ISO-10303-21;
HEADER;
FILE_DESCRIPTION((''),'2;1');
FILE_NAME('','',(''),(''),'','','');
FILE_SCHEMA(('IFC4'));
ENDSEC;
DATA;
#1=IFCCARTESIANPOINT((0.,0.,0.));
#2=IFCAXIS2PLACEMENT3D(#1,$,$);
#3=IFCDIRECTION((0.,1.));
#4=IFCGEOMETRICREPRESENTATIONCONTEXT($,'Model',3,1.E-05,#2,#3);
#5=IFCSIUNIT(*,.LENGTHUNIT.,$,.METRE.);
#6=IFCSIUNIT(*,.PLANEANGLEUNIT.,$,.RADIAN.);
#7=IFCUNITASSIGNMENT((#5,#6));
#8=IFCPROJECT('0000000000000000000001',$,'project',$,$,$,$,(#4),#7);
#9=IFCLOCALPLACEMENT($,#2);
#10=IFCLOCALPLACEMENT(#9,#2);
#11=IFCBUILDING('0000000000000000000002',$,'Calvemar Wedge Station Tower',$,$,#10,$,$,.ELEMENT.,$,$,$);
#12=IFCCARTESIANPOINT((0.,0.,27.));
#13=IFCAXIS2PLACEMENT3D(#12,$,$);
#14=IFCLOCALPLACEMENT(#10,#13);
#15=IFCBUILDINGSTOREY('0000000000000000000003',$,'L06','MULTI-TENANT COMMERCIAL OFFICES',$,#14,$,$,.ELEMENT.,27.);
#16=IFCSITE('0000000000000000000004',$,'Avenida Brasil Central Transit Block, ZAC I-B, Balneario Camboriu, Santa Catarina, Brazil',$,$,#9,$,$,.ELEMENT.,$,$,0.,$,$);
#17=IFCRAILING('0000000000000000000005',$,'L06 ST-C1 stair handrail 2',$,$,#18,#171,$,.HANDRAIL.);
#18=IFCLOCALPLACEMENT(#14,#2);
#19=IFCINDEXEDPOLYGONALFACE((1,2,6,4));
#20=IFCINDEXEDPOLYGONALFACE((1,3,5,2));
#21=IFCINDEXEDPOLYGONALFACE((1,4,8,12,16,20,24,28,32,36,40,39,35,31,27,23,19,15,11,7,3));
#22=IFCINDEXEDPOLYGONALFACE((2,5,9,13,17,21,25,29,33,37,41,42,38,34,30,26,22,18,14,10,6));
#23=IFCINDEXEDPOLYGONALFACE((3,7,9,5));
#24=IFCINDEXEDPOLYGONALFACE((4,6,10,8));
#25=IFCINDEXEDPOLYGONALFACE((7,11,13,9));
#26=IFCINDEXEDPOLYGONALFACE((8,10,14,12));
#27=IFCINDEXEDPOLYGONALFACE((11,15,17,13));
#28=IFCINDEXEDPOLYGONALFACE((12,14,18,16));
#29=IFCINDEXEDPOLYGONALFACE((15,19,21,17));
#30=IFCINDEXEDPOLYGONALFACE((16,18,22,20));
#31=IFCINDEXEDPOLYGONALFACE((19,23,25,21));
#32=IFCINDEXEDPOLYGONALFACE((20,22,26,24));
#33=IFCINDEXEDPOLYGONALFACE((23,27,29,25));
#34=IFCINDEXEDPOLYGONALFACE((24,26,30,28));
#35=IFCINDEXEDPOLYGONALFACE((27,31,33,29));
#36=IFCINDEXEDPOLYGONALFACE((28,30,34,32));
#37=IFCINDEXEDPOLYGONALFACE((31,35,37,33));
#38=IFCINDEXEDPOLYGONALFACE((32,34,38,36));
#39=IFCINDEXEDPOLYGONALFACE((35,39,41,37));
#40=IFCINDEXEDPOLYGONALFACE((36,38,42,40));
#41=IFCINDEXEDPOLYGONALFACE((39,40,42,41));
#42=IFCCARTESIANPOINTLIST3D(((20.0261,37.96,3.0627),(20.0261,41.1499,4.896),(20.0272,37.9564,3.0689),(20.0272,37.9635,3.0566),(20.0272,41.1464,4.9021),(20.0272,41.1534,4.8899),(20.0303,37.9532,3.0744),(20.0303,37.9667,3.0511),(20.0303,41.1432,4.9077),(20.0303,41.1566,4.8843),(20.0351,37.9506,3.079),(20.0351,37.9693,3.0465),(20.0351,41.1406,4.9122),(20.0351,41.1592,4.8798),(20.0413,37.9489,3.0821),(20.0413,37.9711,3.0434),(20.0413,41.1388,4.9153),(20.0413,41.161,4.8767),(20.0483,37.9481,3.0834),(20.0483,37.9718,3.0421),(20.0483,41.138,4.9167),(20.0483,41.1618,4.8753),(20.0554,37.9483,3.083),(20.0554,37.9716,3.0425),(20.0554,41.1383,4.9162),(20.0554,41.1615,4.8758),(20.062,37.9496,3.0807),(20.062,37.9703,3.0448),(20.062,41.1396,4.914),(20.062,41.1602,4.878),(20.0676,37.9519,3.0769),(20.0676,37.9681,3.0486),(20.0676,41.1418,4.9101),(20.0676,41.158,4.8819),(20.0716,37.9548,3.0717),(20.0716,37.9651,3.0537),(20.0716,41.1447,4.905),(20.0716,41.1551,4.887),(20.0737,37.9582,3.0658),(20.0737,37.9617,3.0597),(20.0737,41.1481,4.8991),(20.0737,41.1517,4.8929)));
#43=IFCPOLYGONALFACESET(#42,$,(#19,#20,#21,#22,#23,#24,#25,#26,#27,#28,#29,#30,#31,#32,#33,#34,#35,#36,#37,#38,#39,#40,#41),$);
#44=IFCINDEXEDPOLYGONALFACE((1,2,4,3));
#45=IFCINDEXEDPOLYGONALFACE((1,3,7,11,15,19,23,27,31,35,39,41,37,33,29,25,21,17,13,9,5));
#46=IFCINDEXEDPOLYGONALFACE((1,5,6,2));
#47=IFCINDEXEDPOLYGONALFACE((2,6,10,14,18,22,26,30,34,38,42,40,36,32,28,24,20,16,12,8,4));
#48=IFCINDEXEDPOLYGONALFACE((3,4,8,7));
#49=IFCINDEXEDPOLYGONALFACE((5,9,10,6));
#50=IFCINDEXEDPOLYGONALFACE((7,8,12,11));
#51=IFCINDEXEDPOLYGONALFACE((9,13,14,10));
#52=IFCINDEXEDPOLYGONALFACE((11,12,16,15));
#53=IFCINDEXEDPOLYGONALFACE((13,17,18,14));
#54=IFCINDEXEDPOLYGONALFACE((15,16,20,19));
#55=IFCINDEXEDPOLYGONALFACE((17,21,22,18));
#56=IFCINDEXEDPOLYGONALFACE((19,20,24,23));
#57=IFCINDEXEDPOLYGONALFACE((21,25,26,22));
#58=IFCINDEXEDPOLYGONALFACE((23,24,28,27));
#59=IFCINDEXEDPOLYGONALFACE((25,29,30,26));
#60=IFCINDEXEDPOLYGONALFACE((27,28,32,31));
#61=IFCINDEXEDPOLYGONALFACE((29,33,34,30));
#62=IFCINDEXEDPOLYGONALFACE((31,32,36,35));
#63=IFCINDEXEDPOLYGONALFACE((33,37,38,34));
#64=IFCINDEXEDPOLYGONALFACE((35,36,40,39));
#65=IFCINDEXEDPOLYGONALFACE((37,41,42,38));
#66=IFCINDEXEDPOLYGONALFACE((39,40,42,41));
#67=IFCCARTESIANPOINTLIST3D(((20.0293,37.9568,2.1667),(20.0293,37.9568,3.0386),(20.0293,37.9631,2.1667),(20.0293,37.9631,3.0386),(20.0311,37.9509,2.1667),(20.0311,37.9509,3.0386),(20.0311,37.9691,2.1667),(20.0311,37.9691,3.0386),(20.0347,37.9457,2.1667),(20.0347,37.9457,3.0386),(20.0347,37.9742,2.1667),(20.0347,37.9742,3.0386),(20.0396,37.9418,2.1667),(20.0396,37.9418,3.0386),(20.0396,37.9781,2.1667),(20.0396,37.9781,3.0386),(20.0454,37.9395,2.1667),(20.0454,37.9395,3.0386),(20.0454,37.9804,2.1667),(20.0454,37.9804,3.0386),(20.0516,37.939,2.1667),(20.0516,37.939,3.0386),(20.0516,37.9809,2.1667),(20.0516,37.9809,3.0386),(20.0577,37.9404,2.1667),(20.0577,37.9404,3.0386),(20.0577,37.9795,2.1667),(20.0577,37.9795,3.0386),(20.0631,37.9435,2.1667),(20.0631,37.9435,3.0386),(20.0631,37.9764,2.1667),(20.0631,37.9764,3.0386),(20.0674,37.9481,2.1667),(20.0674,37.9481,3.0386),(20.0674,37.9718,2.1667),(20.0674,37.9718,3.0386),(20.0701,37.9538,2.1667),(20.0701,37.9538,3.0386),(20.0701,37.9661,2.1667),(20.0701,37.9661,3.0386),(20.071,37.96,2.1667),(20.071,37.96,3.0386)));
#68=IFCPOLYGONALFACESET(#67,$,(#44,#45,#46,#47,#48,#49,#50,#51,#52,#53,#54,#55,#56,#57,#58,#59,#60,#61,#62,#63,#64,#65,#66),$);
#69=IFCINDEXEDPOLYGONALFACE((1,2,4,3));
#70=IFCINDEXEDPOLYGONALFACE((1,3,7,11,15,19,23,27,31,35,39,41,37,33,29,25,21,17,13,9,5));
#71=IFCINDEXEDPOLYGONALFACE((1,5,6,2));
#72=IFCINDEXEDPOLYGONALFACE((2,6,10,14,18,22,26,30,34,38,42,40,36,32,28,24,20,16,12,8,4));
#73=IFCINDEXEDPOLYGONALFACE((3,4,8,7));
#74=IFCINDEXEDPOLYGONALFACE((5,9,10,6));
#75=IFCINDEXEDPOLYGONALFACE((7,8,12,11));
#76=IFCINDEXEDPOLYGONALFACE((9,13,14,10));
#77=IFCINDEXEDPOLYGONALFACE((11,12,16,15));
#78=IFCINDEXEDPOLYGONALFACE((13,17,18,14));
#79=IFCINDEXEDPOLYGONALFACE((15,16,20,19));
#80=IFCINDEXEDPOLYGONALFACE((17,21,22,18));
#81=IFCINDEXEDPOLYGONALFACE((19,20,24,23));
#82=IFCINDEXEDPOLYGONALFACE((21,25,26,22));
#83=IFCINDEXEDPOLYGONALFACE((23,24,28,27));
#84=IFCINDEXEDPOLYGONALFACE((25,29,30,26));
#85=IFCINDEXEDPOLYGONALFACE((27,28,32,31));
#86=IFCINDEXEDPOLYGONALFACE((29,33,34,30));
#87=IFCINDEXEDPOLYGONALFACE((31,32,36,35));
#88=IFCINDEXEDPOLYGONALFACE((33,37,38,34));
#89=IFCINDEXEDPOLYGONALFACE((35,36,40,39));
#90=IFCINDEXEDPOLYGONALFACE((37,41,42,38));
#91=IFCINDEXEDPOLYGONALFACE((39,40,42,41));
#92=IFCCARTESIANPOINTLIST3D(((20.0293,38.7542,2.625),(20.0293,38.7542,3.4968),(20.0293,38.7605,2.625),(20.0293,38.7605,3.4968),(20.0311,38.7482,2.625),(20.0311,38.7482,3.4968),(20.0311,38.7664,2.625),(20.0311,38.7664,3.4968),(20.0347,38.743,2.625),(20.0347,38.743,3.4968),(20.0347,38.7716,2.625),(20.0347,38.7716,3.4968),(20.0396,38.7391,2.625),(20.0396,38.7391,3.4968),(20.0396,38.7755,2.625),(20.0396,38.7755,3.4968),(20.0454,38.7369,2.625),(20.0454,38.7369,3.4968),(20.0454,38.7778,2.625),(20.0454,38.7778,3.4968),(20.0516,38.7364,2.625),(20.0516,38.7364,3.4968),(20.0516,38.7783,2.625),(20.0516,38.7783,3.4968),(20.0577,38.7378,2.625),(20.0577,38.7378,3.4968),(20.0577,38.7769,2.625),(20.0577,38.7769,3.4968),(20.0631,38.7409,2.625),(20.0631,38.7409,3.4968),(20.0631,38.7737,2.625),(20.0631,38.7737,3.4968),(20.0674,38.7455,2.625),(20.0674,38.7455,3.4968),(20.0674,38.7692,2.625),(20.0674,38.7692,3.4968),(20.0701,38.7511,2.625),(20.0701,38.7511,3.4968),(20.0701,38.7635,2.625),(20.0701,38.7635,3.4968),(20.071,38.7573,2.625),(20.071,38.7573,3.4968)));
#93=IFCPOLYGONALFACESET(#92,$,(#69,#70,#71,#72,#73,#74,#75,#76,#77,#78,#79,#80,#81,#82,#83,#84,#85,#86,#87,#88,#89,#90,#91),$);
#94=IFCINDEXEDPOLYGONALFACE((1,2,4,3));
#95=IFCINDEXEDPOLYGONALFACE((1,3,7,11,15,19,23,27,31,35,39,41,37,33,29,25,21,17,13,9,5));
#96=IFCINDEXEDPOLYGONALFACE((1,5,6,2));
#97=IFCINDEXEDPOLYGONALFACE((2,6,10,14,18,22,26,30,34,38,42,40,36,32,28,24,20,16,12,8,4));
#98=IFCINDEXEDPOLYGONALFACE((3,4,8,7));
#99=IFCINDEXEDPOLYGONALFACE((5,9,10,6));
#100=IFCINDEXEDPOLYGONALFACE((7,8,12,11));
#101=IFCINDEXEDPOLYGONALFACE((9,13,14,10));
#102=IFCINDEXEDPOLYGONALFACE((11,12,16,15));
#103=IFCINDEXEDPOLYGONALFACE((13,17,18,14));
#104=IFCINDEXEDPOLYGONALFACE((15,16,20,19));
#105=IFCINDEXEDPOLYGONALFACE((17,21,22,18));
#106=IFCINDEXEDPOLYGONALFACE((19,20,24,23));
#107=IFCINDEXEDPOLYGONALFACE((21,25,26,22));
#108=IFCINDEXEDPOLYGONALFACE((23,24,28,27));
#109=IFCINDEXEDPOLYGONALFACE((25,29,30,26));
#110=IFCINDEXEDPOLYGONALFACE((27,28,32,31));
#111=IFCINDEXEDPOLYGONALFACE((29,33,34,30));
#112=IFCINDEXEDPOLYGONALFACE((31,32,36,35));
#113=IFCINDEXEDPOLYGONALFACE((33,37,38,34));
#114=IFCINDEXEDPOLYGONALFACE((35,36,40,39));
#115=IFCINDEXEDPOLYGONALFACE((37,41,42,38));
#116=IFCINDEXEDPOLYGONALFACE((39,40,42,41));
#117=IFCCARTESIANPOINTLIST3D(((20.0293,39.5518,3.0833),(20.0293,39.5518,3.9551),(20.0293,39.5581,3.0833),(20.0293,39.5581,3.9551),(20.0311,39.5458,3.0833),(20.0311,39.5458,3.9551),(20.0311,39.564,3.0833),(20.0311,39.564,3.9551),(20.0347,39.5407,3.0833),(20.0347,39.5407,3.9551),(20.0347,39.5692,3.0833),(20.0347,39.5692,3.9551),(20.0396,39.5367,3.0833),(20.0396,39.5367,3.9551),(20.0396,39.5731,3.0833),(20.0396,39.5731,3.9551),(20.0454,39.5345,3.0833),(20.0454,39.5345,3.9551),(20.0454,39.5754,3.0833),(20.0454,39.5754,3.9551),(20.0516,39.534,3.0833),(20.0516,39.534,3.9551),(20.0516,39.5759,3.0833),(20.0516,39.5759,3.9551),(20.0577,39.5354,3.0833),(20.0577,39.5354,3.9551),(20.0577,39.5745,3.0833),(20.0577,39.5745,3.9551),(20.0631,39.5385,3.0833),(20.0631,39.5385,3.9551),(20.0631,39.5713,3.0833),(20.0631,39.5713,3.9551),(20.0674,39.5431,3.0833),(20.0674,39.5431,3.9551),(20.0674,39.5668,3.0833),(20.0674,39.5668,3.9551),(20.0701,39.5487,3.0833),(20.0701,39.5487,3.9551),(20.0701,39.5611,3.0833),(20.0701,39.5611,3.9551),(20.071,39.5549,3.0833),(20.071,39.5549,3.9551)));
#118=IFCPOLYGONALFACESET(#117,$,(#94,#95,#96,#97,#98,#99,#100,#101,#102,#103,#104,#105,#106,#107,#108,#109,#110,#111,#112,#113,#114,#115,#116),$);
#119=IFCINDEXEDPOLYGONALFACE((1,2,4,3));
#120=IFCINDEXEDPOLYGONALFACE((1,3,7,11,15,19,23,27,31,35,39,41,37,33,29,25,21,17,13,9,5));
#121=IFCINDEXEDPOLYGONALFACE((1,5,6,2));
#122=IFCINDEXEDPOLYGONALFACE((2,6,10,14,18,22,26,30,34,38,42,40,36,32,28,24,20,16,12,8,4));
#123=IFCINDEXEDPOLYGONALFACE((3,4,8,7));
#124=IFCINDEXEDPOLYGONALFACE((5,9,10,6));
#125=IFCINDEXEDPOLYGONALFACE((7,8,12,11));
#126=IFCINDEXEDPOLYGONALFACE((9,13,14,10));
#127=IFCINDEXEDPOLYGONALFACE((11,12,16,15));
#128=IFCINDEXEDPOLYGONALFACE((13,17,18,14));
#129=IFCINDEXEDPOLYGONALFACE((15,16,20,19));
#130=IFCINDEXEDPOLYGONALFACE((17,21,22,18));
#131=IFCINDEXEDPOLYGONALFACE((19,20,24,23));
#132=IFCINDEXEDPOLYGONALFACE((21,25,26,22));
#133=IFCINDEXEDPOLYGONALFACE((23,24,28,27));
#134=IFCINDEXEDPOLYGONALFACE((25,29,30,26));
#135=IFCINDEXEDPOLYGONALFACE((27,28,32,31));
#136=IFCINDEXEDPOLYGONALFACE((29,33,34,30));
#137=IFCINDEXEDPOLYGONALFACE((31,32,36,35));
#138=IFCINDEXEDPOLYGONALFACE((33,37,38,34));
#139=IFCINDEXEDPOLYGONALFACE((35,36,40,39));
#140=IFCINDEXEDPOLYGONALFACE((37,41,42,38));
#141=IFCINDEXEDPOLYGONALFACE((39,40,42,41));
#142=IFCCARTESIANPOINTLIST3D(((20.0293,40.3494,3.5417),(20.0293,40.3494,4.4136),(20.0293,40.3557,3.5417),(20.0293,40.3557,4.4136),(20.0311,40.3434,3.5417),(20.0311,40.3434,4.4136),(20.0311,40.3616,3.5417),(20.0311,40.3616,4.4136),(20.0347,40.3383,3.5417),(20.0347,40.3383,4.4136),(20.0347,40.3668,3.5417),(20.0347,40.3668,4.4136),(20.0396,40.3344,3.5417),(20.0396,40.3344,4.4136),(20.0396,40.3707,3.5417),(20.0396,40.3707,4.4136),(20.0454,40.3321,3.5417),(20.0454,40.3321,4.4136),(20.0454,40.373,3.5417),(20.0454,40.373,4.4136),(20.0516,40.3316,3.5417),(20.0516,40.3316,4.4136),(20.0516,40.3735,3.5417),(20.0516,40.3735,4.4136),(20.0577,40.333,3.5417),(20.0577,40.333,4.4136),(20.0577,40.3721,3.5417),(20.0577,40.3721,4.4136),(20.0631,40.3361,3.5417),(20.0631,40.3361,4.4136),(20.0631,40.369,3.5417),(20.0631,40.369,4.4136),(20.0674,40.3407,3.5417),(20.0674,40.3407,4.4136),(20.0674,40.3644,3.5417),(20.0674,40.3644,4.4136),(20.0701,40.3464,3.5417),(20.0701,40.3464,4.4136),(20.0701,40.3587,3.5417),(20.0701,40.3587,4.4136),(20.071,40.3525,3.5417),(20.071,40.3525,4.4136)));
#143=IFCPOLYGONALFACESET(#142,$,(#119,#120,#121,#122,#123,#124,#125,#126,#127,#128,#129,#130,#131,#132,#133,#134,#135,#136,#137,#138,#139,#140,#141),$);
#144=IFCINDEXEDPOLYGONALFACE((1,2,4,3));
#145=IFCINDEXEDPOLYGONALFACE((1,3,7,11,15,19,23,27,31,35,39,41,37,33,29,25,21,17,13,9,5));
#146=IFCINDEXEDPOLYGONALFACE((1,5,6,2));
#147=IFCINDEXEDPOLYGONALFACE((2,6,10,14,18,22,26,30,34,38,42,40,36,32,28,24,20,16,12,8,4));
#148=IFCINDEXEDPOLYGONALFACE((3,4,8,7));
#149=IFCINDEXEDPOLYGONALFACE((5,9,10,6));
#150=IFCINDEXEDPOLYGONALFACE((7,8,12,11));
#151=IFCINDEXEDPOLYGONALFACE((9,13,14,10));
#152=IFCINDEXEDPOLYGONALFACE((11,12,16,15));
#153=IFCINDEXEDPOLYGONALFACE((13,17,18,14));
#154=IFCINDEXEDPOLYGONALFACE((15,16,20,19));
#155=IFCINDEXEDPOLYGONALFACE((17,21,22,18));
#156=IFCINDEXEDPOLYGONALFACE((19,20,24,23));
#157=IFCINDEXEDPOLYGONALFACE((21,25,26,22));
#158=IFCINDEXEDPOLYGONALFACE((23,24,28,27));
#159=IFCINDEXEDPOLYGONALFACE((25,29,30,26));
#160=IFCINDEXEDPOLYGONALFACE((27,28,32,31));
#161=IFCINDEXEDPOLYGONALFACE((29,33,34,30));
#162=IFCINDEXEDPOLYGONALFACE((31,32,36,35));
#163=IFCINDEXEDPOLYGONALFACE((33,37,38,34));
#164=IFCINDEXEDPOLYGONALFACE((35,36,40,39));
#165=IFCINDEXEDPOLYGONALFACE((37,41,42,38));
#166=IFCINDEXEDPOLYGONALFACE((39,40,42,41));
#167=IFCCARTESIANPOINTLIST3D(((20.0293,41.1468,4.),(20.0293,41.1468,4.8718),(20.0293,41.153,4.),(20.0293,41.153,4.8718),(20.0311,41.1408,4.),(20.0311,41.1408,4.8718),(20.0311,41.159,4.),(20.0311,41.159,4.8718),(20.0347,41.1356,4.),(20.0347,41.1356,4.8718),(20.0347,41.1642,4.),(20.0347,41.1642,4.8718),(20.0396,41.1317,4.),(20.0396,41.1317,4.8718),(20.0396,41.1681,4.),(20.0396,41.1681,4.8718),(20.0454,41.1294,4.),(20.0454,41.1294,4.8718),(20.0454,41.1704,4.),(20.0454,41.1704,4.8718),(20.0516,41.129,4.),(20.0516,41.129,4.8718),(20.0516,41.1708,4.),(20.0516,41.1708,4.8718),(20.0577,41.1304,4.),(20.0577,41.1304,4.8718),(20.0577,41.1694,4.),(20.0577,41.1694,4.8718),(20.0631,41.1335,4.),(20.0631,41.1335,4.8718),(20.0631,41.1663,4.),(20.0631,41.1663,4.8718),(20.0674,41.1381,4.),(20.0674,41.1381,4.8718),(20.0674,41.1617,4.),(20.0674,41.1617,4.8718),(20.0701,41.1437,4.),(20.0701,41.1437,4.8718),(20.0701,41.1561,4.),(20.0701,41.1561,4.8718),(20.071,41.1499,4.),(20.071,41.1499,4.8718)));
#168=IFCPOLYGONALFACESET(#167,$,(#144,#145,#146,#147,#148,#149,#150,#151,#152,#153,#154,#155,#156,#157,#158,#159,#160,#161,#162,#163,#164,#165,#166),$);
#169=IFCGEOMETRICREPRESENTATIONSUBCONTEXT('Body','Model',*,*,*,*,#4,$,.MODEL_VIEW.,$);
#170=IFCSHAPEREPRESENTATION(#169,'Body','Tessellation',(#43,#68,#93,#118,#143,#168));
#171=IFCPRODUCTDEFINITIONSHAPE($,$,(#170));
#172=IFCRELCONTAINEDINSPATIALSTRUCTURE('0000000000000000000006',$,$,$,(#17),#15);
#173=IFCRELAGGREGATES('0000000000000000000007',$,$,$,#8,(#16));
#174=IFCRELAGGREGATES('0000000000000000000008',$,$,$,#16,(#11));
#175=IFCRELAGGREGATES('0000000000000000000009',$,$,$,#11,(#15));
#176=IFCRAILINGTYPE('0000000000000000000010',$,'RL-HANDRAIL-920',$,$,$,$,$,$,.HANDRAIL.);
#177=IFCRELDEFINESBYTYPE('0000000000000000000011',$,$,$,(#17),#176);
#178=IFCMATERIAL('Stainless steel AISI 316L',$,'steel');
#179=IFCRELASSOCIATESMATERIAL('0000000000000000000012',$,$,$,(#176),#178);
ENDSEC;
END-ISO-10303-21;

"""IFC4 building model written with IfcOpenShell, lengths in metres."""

from ifc_helpers import new_model, si_unit, direction, frame, origin, origin_2d, place, context, subcontext, project, spatial, circle, extrude, material, type_object, element, save


model = new_model("IFC4")

# Units and contexts
model_context = context("Model", 3, precision=1e-05, world=origin(), true_north=direction((0.0, 1.0)))
body_context = subcontext(model_context, "Body", "Model", "MODEL_VIEW")
ifc_project = project(units=[si_unit("LENGTHUNIT", "METRE"), si_unit("PLANEANGLEUNIT", "RADIAN")], contexts=[model_context])

# Site, building, storey
site_placement = place(None, origin())
site = spatial("IfcSite", under=ifc_project, at=site_placement, Name="Avenida Brasil Central Transit Block, ZAC I-B, Balneario Camboriu, Santa Catarina, Brazil", CompositionType="ELEMENT", RefElevation=0.0)
building_placement = place(site_placement, origin())
building = spatial("IfcBuilding", under=site, at=building_placement, Name="Calvemar Wedge Station Tower", CompositionType="ELEMENT")
storey_placement = place(building_placement, frame((0.0, 0.0, 27.0)))
storey = spatial("IfcBuildingStorey", under=building, at=storey_placement, Name="L06", Description="MULTI-TENANT COMMERCIAL OFFICES", CompositionType="ELEMENT", Elevation=27.0)

# Railing
ifc_material_1 = material(Name="Stainless steel AISI 316L", Category="steel")
railing_type_1 = type_object("IfcRailingType", Name="RL-HANDRAIL-920", PredefinedType="HANDRAIL", material=ifc_material_1)
railing_1_placement = place(storey_placement, frame((20.05, 37.96, 2.1667)))
element("IfcRailing", 1, at=railing_1_placement, inside=storey, type_object=railing_type_1, Name="L06 ST-C1 stair handrail 2", PredefinedType="HANDRAIL", context=body_context, shape_type="SweptSolid", body=[
    extrude(circle(Radius=0.0239, at=origin_2d()), frame((0.0, 0.0, 0.896), z_axis=(0.0, 0.86702, 0.498274), x_axis=(-1.0, 0.0, 0.0)), (0.0, 0.0, 1.0), 3.6792),
    extrude(circle(Radius=0.021, at=origin_2d()), origin(), (0.0, 0.0, 1.0), 0.8718),
    extrude(circle(Radius=0.021, at=origin_2d()), frame((0.0, 0.7974, 0.4583)), (0.0, 0.0, 1.0), 0.8718),
    extrude(circle(Radius=0.021, at=origin_2d()), frame((0.0, 1.595, 0.9165)), (0.0, 0.0, 1.0), 0.8718),
    extrude(circle(Radius=0.021, at=origin_2d()), frame((0.0, 2.3926, 1.375)), (0.0, 0.0, 1.0), 0.8718),
    extrude(circle(Radius=0.021, at=origin_2d()), frame((0.0, 3.1899, 1.8333)), (0.0, 0.0, 1.0), 0.8718),
])

save(model, "model.ifc")
